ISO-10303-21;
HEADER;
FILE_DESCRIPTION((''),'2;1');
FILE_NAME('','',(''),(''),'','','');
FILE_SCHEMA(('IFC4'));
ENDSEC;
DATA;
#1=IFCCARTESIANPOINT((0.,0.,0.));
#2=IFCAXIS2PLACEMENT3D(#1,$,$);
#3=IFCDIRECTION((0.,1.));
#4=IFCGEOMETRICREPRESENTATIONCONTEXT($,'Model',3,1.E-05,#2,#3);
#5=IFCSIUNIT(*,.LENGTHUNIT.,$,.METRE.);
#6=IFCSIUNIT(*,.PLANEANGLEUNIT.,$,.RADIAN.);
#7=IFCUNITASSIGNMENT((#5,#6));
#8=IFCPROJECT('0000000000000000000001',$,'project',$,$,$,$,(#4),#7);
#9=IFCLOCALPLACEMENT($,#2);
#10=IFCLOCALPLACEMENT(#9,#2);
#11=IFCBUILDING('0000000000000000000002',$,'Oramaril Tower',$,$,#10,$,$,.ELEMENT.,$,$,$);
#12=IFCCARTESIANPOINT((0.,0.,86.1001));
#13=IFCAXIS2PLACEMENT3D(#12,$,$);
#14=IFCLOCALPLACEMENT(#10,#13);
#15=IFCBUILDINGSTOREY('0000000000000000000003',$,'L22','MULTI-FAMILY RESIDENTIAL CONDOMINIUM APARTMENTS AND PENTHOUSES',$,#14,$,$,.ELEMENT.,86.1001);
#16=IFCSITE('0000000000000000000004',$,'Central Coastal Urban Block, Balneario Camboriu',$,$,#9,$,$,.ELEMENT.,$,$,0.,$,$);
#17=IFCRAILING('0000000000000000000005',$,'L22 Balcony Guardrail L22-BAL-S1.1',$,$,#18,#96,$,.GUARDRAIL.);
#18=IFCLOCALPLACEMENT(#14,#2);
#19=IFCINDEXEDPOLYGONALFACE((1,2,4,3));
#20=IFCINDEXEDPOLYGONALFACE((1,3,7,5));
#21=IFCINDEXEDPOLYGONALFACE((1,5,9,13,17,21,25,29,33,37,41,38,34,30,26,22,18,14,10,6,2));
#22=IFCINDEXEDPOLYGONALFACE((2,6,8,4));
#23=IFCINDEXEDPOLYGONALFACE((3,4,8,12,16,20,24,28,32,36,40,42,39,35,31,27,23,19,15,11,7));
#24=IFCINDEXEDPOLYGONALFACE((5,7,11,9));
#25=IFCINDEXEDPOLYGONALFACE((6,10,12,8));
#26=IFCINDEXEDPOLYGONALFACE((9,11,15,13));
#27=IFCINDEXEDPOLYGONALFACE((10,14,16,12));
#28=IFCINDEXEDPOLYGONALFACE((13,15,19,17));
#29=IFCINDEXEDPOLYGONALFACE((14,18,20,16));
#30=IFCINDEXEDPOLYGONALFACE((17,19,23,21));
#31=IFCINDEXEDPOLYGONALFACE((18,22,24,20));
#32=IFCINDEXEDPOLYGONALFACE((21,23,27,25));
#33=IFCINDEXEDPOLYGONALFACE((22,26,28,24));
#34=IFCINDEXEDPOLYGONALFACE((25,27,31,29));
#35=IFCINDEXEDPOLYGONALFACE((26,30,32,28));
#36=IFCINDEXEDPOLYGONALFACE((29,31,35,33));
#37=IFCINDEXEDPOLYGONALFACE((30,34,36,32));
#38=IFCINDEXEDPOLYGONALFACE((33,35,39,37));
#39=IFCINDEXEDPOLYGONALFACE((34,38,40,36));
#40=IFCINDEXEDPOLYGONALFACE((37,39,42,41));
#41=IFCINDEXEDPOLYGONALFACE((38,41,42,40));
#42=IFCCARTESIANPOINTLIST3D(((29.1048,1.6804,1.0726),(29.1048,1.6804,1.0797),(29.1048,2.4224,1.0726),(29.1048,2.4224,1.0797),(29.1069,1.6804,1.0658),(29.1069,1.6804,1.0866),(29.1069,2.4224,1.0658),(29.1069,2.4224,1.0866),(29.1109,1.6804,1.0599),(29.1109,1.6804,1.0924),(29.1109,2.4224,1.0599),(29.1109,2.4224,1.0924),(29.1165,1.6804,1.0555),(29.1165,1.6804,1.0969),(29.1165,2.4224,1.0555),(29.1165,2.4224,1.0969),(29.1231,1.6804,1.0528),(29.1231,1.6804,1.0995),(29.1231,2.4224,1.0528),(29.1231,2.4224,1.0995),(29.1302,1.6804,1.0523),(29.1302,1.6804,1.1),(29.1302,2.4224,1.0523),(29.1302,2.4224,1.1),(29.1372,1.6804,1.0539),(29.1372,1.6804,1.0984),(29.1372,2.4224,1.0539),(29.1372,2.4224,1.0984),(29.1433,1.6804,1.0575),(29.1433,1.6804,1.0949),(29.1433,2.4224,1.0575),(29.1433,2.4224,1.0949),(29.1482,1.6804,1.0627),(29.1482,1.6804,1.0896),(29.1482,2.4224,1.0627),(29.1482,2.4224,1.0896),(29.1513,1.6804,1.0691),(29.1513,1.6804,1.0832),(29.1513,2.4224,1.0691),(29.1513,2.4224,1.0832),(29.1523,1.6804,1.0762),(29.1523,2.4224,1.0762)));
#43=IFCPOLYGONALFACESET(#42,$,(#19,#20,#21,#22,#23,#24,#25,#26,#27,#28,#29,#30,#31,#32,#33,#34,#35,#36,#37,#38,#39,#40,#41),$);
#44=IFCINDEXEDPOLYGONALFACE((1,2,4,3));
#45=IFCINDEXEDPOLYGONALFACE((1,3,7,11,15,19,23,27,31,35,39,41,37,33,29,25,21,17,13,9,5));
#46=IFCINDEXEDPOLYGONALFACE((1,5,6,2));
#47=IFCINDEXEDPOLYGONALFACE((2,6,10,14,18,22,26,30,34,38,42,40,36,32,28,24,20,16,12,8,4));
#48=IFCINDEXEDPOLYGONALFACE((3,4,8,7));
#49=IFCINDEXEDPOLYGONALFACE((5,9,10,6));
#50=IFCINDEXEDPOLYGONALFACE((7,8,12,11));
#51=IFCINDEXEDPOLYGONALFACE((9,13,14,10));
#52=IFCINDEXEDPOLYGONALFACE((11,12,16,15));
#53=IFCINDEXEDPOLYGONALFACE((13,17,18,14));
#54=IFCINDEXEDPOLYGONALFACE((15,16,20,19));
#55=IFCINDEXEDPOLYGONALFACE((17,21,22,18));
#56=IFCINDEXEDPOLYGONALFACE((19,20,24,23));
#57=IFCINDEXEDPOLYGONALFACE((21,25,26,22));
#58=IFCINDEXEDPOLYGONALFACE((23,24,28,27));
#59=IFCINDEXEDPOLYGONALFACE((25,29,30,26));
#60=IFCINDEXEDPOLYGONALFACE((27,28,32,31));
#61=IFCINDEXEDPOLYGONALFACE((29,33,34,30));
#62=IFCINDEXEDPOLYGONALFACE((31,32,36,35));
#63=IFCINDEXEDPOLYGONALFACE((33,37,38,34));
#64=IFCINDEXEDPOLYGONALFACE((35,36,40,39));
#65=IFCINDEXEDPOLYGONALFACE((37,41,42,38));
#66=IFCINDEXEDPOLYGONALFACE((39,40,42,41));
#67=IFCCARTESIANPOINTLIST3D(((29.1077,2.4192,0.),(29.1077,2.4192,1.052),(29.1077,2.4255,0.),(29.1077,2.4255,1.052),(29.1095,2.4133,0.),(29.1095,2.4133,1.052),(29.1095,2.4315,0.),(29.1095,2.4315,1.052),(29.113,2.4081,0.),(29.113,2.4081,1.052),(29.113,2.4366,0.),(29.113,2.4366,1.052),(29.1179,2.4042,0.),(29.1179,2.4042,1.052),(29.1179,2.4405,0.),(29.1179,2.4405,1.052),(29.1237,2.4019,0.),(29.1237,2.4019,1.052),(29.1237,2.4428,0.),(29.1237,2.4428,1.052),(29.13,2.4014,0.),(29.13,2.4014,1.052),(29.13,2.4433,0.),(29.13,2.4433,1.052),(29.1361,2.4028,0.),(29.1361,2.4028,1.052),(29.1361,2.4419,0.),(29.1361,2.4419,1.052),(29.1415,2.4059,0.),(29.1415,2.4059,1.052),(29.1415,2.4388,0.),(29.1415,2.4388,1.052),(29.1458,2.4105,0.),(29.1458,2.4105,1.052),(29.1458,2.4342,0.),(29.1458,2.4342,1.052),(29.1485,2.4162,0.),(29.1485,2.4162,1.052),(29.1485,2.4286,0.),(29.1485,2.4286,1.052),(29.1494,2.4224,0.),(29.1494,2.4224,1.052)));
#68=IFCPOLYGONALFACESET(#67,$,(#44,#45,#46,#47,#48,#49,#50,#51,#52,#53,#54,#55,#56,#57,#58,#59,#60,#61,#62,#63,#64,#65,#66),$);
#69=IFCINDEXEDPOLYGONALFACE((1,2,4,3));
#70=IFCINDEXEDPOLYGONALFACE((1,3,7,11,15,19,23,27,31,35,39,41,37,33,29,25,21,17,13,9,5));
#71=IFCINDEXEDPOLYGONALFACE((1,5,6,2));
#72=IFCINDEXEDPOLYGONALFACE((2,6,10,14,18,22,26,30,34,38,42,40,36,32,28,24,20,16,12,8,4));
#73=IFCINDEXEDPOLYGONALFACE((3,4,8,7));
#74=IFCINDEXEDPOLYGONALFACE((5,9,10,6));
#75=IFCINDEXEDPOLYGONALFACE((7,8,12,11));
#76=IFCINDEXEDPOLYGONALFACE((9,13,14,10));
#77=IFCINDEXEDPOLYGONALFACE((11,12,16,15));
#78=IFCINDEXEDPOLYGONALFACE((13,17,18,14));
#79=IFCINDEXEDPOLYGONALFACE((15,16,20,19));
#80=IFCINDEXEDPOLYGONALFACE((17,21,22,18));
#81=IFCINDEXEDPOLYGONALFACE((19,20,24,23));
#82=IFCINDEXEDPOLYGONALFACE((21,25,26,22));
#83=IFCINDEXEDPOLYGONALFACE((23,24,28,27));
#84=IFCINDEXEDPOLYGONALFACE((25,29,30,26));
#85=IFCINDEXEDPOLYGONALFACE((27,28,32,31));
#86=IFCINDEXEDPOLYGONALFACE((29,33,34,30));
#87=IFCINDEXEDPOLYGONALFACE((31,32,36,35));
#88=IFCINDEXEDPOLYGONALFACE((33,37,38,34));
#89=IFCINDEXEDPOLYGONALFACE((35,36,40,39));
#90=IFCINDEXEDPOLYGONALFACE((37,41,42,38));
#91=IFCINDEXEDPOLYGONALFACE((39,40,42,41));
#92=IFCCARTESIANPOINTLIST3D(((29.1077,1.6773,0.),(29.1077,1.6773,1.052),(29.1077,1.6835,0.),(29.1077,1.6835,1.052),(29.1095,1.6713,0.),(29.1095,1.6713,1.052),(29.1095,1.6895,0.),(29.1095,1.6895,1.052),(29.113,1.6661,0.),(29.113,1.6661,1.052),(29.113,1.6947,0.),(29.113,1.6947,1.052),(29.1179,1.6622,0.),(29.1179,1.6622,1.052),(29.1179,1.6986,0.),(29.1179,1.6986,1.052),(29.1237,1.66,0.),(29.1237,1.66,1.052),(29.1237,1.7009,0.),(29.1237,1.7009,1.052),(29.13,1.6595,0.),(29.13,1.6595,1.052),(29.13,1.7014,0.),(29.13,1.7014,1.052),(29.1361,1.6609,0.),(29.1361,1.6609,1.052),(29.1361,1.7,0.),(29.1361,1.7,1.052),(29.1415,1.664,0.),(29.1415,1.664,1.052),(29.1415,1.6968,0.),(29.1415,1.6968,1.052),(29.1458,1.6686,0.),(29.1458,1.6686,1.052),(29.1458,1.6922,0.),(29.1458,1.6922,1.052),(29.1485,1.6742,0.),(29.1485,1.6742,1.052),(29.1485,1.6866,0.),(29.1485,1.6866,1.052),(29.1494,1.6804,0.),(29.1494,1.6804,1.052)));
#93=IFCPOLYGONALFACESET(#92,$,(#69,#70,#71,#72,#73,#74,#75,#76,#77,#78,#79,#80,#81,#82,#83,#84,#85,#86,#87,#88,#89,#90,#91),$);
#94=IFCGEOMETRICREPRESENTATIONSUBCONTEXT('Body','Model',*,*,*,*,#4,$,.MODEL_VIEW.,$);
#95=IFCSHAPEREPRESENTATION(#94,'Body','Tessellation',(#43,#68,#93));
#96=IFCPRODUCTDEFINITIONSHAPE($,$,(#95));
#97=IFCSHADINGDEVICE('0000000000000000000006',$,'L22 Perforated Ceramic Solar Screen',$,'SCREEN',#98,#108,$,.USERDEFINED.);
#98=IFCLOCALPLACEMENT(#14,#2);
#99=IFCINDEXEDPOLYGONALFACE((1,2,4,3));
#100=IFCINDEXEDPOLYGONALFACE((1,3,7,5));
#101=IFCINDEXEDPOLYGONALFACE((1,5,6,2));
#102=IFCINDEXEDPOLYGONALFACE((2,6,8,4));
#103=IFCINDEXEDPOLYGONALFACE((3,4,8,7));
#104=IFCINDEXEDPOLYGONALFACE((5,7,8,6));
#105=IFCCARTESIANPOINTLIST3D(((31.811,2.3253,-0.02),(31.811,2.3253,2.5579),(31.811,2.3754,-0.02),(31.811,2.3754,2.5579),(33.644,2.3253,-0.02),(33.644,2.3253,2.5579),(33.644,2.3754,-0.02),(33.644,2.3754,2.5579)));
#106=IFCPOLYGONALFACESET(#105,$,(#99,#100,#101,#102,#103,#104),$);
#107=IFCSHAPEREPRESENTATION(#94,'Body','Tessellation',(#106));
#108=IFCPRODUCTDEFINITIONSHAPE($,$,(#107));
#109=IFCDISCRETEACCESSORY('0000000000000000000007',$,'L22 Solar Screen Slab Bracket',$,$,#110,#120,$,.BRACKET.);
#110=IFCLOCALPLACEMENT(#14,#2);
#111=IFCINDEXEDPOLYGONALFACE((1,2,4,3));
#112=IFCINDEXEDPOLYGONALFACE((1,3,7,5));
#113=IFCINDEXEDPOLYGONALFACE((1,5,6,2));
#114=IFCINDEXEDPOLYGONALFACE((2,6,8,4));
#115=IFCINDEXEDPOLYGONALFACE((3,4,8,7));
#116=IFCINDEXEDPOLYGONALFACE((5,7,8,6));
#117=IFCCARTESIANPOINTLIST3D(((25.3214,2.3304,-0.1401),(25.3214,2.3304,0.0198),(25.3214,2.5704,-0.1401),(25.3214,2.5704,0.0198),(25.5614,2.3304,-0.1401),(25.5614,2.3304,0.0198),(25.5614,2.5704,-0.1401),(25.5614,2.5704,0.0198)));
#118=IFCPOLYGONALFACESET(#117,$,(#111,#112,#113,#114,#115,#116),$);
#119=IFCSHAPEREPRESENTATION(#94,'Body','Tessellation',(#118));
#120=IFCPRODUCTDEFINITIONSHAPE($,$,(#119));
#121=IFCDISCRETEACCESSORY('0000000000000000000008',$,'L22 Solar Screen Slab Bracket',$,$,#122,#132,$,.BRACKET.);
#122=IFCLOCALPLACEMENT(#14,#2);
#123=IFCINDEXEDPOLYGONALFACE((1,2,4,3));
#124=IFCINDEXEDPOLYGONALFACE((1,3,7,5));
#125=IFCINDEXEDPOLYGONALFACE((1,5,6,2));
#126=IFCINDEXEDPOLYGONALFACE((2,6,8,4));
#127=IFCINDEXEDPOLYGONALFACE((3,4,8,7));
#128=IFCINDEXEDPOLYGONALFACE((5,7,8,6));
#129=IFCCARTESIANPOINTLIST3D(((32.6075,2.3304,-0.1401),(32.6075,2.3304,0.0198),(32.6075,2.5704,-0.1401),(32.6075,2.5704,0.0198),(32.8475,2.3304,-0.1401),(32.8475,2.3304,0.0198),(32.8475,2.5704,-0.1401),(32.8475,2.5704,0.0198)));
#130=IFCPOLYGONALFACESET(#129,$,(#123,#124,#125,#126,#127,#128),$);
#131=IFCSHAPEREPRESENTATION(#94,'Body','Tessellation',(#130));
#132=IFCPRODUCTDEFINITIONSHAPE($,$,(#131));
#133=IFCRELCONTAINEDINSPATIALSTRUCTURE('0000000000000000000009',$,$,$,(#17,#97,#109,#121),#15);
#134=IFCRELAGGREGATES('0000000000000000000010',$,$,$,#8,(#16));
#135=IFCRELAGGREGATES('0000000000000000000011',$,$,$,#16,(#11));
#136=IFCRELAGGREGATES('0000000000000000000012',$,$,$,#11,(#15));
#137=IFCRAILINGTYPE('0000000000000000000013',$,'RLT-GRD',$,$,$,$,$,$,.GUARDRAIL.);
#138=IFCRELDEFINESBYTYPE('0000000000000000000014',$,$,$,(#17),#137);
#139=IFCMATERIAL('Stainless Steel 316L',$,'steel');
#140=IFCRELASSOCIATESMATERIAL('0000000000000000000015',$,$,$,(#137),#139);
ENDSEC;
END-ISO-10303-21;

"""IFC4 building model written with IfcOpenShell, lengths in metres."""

from ifc_helpers import new_model, si_unit, direction, frame, origin, origin_2d, place, context, subcontext, project, spatial, rectangle, circle, extrude, material, type_object, element, save


model = new_model("IFC4")

# Units and contexts
model_context = context("Model", 3, precision=1e-05, world=origin(), true_north=direction((0.0, 1.0)))
body_context = subcontext(model_context, "Body", "Model", "MODEL_VIEW")
ifc_project = project(units=[si_unit("LENGTHUNIT", "METRE"), si_unit("PLANEANGLEUNIT", "RADIAN")], contexts=[model_context])

# Site, building, storey
site_placement = place(None, origin())
site = spatial("IfcSite", under=ifc_project, at=site_placement, Name="Central Coastal Urban Block, Balneario Camboriu", CompositionType="ELEMENT", RefElevation=0.0)
building_placement = place(site_placement, origin())
building = spatial("IfcBuilding", under=site, at=building_placement, Name="Oramaril Tower", CompositionType="ELEMENT")
storey_placement = place(building_placement, frame((0.0, 0.0, 86.1001)))
storey = spatial("IfcBuildingStorey", under=building, at=storey_placement, Name="L22", Description="MULTI-FAMILY RESIDENTIAL CONDOMINIUM APARTMENTS AND PENTHOUSES", CompositionType="ELEMENT", Elevation=86.1001)

# Railing
ifc_material_1 = material(Name="Stainless Steel 316L", Category="steel")
railing_type = type_object("IfcRailingType", Name="RLT-GRD", PredefinedType="GUARDRAIL", material=ifc_material_1)
railing_1_placement = place(storey_placement, frame((29.1284, 2.4224, 0.0)))
element("IfcRailing", 1, at=railing_1_placement, inside=storey, type_object=railing_type, Name="L22 Balcony Guardrail L22-BAL-S1.1", PredefinedType="GUARDRAIL", context=body_context, shape_type="SweptSolid", body=[
    extrude(circle(Radius=0.0239, at=origin_2d()), frame((0.0, 0.0, 1.0762), z_axis=(0.0, -1.0, 0.0), x_axis=(1.0, 0.0, 0.0)), (0.0, 0.0, 1.0), 0.7419),
    extrude(circle(Radius=0.021, at=origin_2d()), origin(), (0.0, 0.0, 1.0), 1.052),
    extrude(circle(Radius=0.021, at=origin_2d()), frame((0.0, -0.7419, 0.0)), (0.0, 0.0, 1.0), 1.052),
])

# Shading device
shading_device_placement = place(storey_placement, frame((32.7275, 2.3503, -0.02), z_axis=(0.0, 0.0, 1.0), x_axis=(1.0, 0.0, 0.0)))
element("IfcShadingDevice", 2, at=shading_device_placement, inside=storey, Name="L22 Perforated Ceramic Solar Screen", ObjectType="SCREEN", PredefinedType="USERDEFINED", context=body_context, shape_type="SweptSolid", body=[
    extrude(rectangle(XDim=1.833, YDim=0.05, at=origin_2d()), origin(), (0.0, 0.0, 1.0), 2.5779),
])

# Discrete accessories
for number, where, z_axis, x_axis, name in (
    (3, (25.4414, 2.4504, -0.1401), (0.0, 0.0, 1.0), (1.0, 0.0, 0.0), "L22 Solar Screen Slab Bracket"),
    (4, (32.7275, 2.4504, -0.1401), (0.0, 0.0, 1.0), (1.0, 0.0, 0.0), "L22 Solar Screen Slab Bracket"),
):
    element("IfcDiscreteAccessory", number, at=place(storey_placement, frame(where, z_axis=z_axis, x_axis=x_axis)), inside=storey, Name=name, PredefinedType="BRACKET", context=body_context, shape_type="SweptSolid", body=[
        extrude(rectangle(XDim=0.24, YDim=0.24, at=origin_2d()), origin(), (0.0, 0.0, 1.0), 0.1599),
    ])

save(model, "model.ifc")
